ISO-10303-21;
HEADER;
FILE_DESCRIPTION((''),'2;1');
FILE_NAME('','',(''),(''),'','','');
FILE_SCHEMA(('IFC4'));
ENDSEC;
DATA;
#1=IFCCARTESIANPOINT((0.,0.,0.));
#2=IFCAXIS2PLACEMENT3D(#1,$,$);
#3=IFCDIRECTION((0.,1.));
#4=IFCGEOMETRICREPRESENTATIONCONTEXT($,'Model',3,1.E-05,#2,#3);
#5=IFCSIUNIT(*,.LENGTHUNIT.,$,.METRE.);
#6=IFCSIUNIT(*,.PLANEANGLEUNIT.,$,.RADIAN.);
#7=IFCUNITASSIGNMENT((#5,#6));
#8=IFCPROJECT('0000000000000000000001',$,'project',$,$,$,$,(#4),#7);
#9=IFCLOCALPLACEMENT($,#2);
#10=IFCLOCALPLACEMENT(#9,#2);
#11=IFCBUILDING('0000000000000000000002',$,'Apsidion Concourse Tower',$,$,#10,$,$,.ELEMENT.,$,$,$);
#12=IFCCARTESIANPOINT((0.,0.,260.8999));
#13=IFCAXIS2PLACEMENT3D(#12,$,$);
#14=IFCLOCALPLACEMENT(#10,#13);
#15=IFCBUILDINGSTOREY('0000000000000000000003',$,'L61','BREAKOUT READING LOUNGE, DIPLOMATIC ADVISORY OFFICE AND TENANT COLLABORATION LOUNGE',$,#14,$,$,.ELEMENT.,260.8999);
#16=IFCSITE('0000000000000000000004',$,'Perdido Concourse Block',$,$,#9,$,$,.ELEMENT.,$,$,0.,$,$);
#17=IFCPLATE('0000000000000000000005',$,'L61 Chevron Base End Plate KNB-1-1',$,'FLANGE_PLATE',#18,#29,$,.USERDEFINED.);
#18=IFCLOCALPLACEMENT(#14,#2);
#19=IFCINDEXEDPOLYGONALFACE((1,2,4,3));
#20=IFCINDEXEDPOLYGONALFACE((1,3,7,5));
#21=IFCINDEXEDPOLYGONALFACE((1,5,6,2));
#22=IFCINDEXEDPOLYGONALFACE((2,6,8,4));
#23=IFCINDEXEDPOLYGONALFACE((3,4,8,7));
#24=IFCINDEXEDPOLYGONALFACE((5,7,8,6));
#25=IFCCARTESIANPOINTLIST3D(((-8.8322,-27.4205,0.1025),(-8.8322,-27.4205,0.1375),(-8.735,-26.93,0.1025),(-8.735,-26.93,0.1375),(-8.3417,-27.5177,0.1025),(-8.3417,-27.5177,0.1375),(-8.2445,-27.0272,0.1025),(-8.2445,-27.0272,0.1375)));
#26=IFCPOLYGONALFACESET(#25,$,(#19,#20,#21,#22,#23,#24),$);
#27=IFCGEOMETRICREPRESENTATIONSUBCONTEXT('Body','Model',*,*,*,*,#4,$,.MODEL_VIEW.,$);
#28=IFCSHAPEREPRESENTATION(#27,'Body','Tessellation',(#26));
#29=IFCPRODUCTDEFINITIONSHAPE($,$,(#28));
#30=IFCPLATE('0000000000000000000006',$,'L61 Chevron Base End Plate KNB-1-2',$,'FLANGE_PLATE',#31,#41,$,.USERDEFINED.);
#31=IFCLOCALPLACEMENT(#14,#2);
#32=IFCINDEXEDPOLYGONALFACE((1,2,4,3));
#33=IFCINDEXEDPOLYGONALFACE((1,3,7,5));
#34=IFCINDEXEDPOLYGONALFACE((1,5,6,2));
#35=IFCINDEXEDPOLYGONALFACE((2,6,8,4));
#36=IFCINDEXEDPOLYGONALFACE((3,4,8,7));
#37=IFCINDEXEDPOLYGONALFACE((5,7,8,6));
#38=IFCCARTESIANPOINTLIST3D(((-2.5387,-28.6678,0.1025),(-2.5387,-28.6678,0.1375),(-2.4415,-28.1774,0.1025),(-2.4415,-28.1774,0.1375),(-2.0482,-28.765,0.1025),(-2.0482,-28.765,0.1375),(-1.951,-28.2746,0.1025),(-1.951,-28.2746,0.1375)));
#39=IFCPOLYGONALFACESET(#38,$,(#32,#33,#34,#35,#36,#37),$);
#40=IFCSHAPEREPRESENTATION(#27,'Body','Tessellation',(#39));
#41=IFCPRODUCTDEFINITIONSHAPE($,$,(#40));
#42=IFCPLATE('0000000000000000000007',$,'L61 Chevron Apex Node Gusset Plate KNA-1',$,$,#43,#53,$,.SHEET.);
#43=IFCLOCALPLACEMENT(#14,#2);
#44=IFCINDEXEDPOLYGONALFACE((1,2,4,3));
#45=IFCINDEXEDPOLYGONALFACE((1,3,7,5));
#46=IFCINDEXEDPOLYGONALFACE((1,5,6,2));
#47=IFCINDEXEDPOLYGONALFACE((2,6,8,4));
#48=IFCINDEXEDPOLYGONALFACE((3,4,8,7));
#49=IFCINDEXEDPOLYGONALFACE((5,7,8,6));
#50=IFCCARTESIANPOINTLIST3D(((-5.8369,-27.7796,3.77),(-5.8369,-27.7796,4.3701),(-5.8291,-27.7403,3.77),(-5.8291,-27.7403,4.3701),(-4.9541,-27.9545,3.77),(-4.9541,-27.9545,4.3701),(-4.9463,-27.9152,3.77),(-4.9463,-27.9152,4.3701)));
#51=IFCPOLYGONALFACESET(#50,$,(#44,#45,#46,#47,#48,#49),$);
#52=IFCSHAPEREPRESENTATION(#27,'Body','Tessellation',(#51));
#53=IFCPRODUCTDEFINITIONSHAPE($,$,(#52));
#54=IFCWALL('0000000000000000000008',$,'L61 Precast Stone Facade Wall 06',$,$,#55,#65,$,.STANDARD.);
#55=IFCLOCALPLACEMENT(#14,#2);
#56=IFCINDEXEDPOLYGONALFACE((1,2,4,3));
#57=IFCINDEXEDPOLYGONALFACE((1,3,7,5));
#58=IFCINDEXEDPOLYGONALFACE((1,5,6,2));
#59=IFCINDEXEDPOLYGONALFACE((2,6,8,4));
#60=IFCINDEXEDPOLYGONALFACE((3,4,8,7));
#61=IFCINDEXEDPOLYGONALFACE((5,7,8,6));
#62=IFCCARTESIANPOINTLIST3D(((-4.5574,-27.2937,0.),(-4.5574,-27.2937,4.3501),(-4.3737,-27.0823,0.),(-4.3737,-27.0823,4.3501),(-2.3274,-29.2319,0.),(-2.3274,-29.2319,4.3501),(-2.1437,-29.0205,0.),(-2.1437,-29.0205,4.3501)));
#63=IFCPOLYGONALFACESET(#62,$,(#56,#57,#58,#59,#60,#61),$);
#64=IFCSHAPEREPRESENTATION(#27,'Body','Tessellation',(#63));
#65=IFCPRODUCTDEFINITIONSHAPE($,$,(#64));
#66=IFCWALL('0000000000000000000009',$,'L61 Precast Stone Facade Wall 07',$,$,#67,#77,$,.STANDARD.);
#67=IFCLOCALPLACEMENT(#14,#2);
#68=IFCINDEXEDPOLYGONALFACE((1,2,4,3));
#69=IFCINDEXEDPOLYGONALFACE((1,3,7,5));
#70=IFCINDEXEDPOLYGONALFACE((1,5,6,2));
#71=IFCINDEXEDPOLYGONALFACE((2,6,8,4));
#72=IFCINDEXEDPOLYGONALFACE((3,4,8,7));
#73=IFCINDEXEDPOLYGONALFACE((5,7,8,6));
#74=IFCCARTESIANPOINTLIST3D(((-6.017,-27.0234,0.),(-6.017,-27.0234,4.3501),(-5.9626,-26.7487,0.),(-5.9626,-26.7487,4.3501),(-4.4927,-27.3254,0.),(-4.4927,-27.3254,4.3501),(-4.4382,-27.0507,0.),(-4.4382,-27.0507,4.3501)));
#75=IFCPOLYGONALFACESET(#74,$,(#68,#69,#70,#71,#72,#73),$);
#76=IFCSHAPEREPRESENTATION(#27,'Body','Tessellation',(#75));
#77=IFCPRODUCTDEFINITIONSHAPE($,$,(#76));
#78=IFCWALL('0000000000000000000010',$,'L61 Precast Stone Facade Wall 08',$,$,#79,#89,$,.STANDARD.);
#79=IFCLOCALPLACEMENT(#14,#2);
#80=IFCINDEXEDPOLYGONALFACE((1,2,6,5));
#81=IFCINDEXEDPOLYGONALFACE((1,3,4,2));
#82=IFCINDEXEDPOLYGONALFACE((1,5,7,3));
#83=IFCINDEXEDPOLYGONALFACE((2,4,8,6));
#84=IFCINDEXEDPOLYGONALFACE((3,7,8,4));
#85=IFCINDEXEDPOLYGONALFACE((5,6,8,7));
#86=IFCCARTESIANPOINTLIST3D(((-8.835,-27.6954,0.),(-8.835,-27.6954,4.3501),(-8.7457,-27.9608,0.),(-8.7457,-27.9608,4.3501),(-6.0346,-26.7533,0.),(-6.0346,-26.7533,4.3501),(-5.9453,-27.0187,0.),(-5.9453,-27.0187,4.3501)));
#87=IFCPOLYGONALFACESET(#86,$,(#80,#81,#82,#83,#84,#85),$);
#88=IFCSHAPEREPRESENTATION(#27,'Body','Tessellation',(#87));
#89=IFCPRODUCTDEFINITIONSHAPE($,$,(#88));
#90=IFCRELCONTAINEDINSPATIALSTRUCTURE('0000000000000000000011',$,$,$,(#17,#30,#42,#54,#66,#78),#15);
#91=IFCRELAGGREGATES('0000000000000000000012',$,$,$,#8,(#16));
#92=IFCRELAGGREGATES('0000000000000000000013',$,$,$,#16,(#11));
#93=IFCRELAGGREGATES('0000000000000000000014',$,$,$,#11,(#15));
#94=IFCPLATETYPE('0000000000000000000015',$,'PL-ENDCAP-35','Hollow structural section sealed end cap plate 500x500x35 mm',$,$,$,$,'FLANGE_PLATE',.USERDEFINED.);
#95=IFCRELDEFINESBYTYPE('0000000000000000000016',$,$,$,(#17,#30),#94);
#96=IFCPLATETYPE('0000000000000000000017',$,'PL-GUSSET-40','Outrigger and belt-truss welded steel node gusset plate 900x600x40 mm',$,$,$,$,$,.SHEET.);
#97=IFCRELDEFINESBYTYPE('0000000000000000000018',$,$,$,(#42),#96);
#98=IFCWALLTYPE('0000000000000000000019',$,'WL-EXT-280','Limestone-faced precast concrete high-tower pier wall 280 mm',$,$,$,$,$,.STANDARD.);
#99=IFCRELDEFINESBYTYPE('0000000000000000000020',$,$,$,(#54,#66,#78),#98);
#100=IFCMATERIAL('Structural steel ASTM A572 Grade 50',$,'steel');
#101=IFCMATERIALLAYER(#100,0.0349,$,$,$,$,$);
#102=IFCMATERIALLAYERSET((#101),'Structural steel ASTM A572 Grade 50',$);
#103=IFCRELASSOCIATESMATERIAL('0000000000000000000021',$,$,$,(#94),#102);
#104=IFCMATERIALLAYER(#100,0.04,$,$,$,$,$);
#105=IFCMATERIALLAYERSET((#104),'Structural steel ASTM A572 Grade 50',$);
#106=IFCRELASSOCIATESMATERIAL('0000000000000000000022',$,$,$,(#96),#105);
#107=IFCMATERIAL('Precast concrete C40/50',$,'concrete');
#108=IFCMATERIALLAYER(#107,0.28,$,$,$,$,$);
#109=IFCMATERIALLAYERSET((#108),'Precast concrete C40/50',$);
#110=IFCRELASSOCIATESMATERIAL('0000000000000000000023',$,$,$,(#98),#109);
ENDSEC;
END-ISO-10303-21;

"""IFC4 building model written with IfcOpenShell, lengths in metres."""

from ifc_helpers import new_model, si_unit, direction, frame, frame_2d, origin, origin_2d, place, context, subcontext, project, spatial, rectangle, extrude, material, layer, layer_set, type_object, element, save


model = new_model("IFC4")

# Units and contexts
model_context = context("Model", 3, precision=1e-05, world=origin(), true_north=direction((0.0, 1.0)))
body_context = subcontext(model_context, "Body", "Model", "MODEL_VIEW")
ifc_project = project(units=[si_unit("LENGTHUNIT", "METRE"), si_unit("PLANEANGLEUNIT", "RADIAN")], contexts=[model_context])

# Site, building, storey
site_placement = place(None, origin())
site = spatial("IfcSite", under=ifc_project, at=site_placement, Name="Perdido Concourse Block", CompositionType="ELEMENT", RefElevation=0.0)
building_placement = place(site_placement, origin())
building = spatial("IfcBuilding", under=site, at=building_placement, Name="Apsidion Concourse Tower", CompositionType="ELEMENT")
storey_placement = place(building_placement, frame((0.0, 0.0, 260.8999)))
storey = spatial("IfcBuildingStorey", under=building, at=storey_placement, Name="L61", Description="BREAKOUT READING LOUNGE, DIPLOMATIC ADVISORY OFFICE AND TENANT COLLABORATION LOUNGE", CompositionType="ELEMENT", Elevation=260.8999)

# Plates
ifc_material_1 = material(Name="Structural steel ASTM A572 Grade 50", Category="steel")
ifc_layer_1 = layer(ifc_material_1, 0.0349)
ifc_layer_set_1 = layer_set([ifc_layer_1], Name="Structural steel ASTM A572 Grade 50")
plate_type_1 = type_object("IfcPlateType", Name="PL-ENDCAP-35", Description="Hollow structural section sealed end cap plate 500x500x35 mm", ElementType="FLANGE_PLATE", PredefinedType="USERDEFINED", material=ifc_layer_set_1)
for number, where, z_axis, x_axis, name in (
    (1, (-8.5383, -27.2239, 0.1025), (0.0, 0.0, 1.0), (-0.980921, 0.194406, 0.0), "L61 Chevron Base End Plate KNB-1-1"),
    (2, (-2.2449, -28.4712, 0.1025), (0.0, 0.0, 1.0), (-0.980921, 0.194406, 0.0), "L61 Chevron Base End Plate KNB-1-2"),
):
    element("IfcPlate", number, at=place(storey_placement, frame(where, z_axis=z_axis, x_axis=x_axis)), inside=storey, type_object=plate_type_1, Name=name, ObjectType="FLANGE_PLATE", PredefinedType="USERDEFINED", context=body_context, shape_type="SweptSolid", body=[
        extrude(rectangle(XDim=0.5, YDim=0.5, at=origin_2d()), origin(), (0.0, 0.0, 1.0), 0.0349),
    ])
ifc_layer_2 = layer(ifc_material_1, 0.04)
ifc_layer_set_2 = layer_set([ifc_layer_2], Name="Structural steel ASTM A572 Grade 50")
plate_type_2 = type_object("IfcPlateType", Name="PL-GUSSET-40", Description="Outrigger and belt-truss welded steel node gusset plate 900x600x40 mm", PredefinedType="SHEET", material=ifc_layer_set_2)
plate_placement = place(storey_placement, frame((-5.3916, -27.8474, 3.77), z_axis=(0.0, 0.0, 1.0), x_axis=(-0.980921, 0.194406, 0.0)))
element("IfcPlate", 3, at=plate_placement, inside=storey, type_object=plate_type_2, Name="L61 Chevron Apex Node Gusset Plate KNA-1", PredefinedType="SHEET", context=body_context, shape_type="SweptSolid", body=[
    extrude(rectangle(XDim=0.8999, YDim=0.04, at=origin_2d()), origin(), (0.0, 0.0, 1.0), 0.6001),
])

# Walls
ifc_material_2 = material(Name="Precast concrete C40/50", Category="concrete")
ifc_layer_3 = layer(ifc_material_2, 0.28)
ifc_layer_set_3 = layer_set([ifc_layer_3], Name="Precast concrete C40/50")
wall_type = type_object("IfcWallType", Name="WL-EXT-280", Description="Limestone-faced precast concrete high-tower pier wall 280 mm", PredefinedType="STANDARD", material=ifc_layer_set_3)
wall_1_placement = place(storey_placement, frame((-2.2356, -29.1262, 0.0), z_axis=(0.0, 0.0, 1.0), x_axis=(-0.754753, 0.656009, 0.0)))
element("IfcWall", 4, at=wall_1_placement, inside=storey, type_object=wall_type, Name="L61 Precast Stone Facade Wall 06", PredefinedType="STANDARD", context=body_context, shape_type="SweptSolid", body=[
    extrude(rectangle(XDim=2.9546, YDim=0.28, at=frame_2d((1.4773, 0.0))), origin(), (0.0, 0.0, 1.0), 4.3501),
])
wall_2_placement = place(storey_placement, frame((-4.4656, -27.188, 0.0), z_axis=(0.0, 0.0, 1.0), x_axis=(-0.980936, 0.194333, 0.0)))
element("IfcWall", 5, at=wall_2_placement, inside=storey, type_object=wall_type, Name="L61 Precast Stone Facade Wall 07", PredefinedType="STANDARD", context=body_context, shape_type="SweptSolid", body=[
    extrude(rectangle(XDim=1.554, YDim=0.28, at=frame_2d((0.7769, 0.0))), origin(), (0.0, 0.0, 1.0), 4.3501),
])
wall_3_placement = place(storey_placement, frame((-5.99, -26.886, 0.0), z_axis=(0.0, 0.0, 1.0), x_axis=(-0.947795, -0.318879, 0.0)))
element("IfcWall", 6, at=wall_3_placement, inside=storey, type_object=wall_type, Name="L61 Precast Stone Facade Wall 08", PredefinedType="STANDARD", context=body_context, shape_type="SweptSolid", body=[
    extrude(rectangle(XDim=2.9546, YDim=0.28, at=frame_2d((1.4773, 0.0))), origin(), (0.0, 0.0, 1.0), 4.3501),
])

save(model, "model.ifc")
